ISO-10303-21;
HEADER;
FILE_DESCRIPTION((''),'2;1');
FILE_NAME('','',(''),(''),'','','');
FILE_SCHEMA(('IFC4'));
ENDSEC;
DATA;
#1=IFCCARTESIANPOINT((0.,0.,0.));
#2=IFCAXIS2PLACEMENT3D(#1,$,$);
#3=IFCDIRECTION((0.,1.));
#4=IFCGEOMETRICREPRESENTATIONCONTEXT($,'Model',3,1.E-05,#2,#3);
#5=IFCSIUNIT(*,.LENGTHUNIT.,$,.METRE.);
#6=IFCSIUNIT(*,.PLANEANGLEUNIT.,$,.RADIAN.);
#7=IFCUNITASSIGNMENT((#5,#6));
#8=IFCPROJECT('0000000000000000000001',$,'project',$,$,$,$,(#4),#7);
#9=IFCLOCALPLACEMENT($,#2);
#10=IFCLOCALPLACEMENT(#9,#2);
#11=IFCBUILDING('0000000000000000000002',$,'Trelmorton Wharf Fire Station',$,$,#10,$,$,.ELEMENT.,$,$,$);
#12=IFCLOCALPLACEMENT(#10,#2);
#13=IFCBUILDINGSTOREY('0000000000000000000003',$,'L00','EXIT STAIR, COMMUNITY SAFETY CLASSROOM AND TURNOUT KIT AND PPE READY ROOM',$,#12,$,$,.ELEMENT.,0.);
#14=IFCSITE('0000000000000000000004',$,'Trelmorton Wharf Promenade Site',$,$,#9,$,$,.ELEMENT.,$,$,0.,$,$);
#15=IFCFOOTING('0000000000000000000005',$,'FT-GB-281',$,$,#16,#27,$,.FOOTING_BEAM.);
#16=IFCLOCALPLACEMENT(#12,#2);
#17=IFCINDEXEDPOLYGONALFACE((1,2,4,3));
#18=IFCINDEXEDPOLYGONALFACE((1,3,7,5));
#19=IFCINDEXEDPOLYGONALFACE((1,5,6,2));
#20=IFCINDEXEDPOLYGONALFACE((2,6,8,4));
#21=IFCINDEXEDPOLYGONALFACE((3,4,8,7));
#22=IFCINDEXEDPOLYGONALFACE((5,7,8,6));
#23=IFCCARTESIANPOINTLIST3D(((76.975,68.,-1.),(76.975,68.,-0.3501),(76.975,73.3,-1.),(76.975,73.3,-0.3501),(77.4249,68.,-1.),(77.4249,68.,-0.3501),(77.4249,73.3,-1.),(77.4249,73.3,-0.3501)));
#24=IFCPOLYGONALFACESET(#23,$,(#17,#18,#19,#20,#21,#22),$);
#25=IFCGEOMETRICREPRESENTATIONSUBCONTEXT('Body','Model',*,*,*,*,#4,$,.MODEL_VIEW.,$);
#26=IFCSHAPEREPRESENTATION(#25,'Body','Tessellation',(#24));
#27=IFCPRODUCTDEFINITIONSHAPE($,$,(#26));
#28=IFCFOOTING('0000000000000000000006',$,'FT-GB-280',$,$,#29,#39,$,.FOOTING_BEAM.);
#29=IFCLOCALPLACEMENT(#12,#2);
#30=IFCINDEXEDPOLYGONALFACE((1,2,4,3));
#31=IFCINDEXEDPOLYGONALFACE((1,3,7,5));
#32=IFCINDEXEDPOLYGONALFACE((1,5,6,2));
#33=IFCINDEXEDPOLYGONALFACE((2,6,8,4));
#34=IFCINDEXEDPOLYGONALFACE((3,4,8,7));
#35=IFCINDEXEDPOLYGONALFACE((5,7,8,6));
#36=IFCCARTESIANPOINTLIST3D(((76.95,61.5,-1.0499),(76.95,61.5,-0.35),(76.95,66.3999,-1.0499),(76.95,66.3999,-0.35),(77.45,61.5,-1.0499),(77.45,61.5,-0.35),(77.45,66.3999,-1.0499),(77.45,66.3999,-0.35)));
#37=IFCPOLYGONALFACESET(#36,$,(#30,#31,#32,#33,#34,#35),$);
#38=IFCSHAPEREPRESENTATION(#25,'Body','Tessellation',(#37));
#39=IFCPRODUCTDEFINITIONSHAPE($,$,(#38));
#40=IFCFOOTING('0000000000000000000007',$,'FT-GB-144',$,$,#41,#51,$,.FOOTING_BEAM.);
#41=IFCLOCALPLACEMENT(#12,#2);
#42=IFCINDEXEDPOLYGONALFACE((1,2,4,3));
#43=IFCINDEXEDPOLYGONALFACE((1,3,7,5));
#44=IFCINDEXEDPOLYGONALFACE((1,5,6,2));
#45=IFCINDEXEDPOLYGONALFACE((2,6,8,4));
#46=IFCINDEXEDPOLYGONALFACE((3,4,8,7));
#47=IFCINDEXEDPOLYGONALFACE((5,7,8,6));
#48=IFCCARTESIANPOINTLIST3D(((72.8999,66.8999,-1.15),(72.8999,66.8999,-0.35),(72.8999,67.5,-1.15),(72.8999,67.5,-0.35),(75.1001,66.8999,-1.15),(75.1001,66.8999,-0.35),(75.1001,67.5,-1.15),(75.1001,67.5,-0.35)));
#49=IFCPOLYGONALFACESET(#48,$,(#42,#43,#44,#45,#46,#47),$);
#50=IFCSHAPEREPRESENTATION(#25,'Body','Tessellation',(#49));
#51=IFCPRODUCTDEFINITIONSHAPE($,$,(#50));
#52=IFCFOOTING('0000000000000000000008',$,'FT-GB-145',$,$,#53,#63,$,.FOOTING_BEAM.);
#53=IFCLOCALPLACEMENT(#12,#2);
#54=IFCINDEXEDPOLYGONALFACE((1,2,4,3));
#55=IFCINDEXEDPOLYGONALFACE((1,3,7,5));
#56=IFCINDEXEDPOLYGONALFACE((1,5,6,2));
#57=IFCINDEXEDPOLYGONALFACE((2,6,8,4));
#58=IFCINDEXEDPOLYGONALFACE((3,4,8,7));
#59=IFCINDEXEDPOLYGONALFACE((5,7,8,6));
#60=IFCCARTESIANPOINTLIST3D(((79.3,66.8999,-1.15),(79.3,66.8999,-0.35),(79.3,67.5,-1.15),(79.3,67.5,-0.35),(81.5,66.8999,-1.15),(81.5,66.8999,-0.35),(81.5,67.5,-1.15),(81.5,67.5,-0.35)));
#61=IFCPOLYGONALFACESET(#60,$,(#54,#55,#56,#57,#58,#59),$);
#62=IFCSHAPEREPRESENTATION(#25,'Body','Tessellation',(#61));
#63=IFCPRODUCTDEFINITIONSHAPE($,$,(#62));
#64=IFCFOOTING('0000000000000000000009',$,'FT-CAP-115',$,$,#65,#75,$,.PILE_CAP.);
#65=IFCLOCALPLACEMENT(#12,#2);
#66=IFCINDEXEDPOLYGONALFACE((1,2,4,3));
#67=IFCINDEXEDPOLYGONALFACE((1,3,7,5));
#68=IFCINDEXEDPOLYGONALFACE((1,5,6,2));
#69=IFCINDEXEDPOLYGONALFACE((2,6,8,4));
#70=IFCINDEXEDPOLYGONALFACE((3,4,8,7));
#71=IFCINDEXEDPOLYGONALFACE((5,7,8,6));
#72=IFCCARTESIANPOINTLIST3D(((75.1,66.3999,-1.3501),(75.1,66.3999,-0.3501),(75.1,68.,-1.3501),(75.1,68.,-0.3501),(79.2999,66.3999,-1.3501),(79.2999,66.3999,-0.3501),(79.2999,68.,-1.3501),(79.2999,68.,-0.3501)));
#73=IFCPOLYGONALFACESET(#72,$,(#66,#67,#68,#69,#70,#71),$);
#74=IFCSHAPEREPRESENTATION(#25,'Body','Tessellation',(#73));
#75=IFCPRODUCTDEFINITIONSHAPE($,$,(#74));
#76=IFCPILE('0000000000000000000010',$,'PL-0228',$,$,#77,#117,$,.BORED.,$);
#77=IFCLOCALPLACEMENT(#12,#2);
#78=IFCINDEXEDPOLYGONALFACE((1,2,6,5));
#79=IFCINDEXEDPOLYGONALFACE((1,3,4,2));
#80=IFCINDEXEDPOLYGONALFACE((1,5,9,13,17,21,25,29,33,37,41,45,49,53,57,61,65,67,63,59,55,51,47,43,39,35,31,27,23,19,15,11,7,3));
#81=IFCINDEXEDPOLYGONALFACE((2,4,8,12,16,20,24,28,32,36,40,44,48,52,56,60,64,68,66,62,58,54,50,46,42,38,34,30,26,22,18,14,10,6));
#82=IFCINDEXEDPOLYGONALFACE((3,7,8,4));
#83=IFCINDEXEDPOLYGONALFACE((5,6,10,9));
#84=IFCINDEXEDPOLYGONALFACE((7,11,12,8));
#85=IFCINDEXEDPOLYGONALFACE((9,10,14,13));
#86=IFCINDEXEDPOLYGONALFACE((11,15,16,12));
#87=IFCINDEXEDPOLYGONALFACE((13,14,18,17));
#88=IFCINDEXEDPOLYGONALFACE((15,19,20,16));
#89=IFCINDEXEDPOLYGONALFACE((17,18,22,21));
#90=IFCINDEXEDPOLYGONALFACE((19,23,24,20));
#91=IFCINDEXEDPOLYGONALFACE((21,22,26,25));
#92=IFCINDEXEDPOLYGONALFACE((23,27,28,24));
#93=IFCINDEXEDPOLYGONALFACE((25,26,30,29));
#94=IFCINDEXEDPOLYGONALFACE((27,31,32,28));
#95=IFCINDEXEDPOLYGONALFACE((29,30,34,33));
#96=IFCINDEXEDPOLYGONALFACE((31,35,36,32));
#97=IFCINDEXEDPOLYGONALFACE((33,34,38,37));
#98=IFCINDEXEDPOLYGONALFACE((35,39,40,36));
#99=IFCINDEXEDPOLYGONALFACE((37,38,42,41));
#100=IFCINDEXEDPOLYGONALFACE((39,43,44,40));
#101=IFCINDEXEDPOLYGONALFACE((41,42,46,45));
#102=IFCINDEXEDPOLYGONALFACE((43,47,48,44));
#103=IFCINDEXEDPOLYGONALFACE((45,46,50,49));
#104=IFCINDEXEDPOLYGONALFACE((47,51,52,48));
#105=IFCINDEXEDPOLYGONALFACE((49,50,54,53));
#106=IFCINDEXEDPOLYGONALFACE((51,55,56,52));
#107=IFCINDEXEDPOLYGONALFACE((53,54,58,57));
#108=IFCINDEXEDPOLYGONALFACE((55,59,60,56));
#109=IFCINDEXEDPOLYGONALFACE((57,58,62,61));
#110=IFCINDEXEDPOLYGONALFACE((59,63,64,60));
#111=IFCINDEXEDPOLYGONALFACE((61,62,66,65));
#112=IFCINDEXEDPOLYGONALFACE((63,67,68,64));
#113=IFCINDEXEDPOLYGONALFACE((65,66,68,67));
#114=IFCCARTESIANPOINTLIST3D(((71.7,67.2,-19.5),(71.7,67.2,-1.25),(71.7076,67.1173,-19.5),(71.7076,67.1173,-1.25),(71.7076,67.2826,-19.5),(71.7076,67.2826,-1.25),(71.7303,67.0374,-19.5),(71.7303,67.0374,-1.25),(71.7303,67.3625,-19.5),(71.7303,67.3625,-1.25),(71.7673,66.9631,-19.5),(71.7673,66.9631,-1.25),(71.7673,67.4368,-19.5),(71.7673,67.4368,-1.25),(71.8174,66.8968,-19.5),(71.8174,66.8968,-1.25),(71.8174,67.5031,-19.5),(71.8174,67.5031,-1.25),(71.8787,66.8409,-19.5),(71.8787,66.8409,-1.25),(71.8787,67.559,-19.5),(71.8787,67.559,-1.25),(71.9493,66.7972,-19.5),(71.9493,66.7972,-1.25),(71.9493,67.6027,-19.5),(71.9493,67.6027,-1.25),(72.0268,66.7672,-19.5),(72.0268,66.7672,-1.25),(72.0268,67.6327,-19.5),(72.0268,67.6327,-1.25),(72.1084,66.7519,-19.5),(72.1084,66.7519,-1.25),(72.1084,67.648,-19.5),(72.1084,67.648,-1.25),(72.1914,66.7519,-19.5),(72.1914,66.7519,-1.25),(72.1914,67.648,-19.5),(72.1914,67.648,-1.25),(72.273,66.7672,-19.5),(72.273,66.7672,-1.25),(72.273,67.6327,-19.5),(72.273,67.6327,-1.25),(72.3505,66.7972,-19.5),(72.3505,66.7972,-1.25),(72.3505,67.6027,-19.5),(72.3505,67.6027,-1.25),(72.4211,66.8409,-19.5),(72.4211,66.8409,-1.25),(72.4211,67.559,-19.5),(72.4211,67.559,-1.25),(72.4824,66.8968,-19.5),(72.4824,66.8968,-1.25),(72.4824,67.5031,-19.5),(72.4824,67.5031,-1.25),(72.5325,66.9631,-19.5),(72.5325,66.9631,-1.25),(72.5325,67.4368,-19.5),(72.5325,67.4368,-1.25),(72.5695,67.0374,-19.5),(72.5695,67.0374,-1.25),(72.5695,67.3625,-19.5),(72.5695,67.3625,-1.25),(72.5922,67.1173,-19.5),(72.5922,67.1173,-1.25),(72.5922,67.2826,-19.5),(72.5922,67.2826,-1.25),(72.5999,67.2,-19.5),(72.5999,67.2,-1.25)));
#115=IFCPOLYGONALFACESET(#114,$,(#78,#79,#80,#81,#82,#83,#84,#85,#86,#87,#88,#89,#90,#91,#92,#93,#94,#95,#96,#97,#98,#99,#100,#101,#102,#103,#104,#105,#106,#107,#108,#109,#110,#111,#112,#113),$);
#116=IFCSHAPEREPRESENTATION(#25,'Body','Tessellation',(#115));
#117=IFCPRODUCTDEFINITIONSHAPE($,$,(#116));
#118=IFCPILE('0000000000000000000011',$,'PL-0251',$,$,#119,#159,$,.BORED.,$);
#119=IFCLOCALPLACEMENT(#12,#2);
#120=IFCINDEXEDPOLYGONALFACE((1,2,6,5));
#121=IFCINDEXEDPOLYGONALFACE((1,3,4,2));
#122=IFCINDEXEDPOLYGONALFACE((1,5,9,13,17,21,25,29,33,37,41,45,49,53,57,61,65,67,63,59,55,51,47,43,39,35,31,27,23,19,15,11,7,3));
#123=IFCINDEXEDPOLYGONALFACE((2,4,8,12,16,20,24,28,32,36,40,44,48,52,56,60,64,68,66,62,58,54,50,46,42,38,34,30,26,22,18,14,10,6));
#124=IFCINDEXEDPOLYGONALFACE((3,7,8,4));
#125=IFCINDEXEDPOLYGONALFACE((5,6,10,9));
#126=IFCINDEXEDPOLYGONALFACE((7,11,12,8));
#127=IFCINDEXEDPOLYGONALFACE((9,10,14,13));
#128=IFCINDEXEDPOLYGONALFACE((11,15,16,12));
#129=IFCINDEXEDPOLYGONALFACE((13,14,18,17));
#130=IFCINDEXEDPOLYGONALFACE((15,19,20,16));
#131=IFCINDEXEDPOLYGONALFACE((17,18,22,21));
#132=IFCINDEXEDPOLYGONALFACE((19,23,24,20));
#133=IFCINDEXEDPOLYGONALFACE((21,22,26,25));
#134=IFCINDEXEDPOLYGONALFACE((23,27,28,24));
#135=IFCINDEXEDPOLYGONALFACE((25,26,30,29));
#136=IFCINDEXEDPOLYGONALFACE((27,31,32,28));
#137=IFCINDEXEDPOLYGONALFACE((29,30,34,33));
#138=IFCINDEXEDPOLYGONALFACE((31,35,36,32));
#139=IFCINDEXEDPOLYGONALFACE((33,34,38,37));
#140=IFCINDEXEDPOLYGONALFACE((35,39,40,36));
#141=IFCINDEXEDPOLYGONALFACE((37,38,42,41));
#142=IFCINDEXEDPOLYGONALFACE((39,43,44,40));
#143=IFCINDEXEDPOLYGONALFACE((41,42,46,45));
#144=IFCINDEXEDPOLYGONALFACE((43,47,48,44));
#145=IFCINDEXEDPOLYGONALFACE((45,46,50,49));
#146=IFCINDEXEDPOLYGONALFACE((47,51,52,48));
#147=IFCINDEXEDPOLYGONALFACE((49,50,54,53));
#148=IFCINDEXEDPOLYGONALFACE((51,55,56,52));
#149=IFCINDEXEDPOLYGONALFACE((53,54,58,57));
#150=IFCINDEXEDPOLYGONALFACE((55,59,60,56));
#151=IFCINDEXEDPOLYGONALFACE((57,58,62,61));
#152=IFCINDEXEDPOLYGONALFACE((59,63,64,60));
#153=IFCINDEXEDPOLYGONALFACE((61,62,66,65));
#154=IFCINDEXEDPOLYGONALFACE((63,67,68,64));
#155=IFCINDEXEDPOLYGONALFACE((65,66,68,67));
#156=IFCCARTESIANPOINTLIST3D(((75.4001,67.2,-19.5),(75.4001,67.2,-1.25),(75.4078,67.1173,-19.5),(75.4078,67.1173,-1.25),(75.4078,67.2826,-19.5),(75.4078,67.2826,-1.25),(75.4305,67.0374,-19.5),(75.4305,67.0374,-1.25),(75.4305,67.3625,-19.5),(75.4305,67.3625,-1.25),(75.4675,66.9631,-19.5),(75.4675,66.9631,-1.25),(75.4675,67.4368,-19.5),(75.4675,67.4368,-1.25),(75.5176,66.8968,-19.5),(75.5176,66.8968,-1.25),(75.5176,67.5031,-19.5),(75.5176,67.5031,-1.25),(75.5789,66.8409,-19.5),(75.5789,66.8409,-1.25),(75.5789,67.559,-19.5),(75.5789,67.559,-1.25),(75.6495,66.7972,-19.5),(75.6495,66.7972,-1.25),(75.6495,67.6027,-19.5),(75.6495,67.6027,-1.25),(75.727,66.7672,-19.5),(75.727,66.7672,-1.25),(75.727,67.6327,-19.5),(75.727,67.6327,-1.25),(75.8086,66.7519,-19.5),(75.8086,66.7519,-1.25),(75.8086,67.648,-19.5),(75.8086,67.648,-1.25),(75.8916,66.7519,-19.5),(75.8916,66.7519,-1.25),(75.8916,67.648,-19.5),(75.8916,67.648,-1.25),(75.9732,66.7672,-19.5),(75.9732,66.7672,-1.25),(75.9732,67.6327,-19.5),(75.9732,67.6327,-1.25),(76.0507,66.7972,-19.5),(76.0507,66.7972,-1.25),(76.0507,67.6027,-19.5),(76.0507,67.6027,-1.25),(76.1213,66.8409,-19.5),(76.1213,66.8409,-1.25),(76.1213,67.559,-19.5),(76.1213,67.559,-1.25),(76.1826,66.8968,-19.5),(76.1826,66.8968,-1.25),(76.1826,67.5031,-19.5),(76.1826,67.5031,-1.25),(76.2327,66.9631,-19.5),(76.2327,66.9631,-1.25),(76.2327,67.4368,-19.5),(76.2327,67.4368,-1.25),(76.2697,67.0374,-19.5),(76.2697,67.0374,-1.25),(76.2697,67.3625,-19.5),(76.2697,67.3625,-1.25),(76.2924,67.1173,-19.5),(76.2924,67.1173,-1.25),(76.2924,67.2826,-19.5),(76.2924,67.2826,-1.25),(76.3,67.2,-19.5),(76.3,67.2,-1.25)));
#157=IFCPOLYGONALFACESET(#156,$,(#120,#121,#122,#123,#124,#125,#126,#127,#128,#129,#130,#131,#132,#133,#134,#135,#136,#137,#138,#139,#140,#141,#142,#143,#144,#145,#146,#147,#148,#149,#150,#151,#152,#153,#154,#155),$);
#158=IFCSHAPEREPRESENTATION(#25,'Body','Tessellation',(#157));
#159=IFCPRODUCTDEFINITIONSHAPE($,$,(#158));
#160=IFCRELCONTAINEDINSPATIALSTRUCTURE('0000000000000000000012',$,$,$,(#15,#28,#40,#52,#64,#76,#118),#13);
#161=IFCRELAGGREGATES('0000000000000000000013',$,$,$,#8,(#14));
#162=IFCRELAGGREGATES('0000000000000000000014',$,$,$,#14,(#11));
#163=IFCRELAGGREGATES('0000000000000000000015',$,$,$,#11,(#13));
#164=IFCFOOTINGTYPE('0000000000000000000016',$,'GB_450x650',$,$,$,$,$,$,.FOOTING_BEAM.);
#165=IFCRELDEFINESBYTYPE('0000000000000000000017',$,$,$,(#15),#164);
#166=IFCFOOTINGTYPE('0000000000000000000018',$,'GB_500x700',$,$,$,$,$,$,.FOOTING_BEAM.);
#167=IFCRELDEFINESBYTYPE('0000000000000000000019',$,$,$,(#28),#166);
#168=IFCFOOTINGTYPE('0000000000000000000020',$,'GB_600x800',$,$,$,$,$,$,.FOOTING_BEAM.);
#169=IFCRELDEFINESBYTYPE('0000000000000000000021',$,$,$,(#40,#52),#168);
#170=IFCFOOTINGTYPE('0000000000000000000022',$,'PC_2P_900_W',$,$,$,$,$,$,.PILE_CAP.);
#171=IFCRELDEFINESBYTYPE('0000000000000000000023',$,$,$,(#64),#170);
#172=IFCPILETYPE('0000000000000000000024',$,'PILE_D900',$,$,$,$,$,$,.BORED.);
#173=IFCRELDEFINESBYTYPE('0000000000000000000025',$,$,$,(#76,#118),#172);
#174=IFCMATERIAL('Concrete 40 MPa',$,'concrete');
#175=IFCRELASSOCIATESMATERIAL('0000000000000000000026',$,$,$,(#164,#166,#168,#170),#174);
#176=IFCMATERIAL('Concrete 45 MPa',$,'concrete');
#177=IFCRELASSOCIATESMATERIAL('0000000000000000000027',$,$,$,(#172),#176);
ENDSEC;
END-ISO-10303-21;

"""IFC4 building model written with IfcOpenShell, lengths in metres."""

from ifc_helpers import new_model, si_unit, direction, frame, origin, origin_2d, place, context, subcontext, project, spatial, rectangle, circle, extrude, material, material_profile, profile_set, type_object, element, save


model = new_model("IFC4")

# Units and contexts
model_context = context("Model", 3, precision=1e-05, world=origin(), true_north=direction((0.0, 1.0)))
body_context = subcontext(model_context, "Body", "Model", "MODEL_VIEW")
ifc_project = project(units=[si_unit("LENGTHUNIT", "METRE"), si_unit("PLANEANGLEUNIT", "RADIAN")], contexts=[model_context])

# Site, building, storey
site_placement = place(None, origin())
site = spatial("IfcSite", under=ifc_project, at=site_placement, Name="Trelmorton Wharf Promenade Site", CompositionType="ELEMENT", RefElevation=0.0)
building_placement = place(site_placement, origin())
building = spatial("IfcBuilding", under=site, at=building_placement, Name="Trelmorton Wharf Fire Station", CompositionType="ELEMENT")
storey_placement = place(building_placement, origin())
storey = spatial("IfcBuildingStorey", under=building, at=storey_placement, Name="L00", Description="EXIT STAIR, COMMUNITY SAFETY CLASSROOM AND TURNOUT KIT AND PPE READY ROOM", CompositionType="ELEMENT", Elevation=0.0)

# Footings
ifc_material_1 = material(Name="Concrete 40 MPa", Category="concrete")
ifc_material_profile_1 = material_profile(ifc_material_1, rectangle(XDim=0.45, YDim=0.6499, at=origin_2d()), Name="RC450x650")
ifc_profile_set_1 = profile_set([ifc_material_profile_1], Name="Concrete 40 MPa")
footing_type_1 = type_object("IfcFootingType", Name="GB_450x650", PredefinedType="FOOTING_BEAM", material=ifc_profile_set_1)
footing_1_placement = place(storey_placement, frame((77.2, 68.0, -0.675), z_axis=(0.0, 1.0, 0.0), x_axis=(-1.0, 0.0, 0.0)))
element("IfcFooting", 1, at=footing_1_placement, inside=storey, type_object=footing_type_1, Name="FT-GB-281", PredefinedType="FOOTING_BEAM", context=body_context, shape_type="SweptSolid", body=[
    extrude(rectangle(XDim=0.45, YDim=0.6499, at=origin_2d()), origin(), (0.0, 0.0, 1.0), 5.3),
])
ifc_material_profile_2 = material_profile(ifc_material_1, rectangle(XDim=0.5, YDim=0.7, at=origin_2d()), Name="RC500x700")
ifc_profile_set_2 = profile_set([ifc_material_profile_2], Name="Concrete 40 MPa")
footing_type_2 = type_object("IfcFootingType", Name="GB_500x700", PredefinedType="FOOTING_BEAM", material=ifc_profile_set_2)
footing_2_placement = place(storey_placement, frame((77.2, 61.5, -0.7), z_axis=(0.0, 1.0, 0.0), x_axis=(-1.0, 0.0, 0.0)))
element("IfcFooting", 2, at=footing_2_placement, inside=storey, type_object=footing_type_2, Name="FT-GB-280", PredefinedType="FOOTING_BEAM", context=body_context, shape_type="SweptSolid", body=[
    extrude(rectangle(XDim=0.5, YDim=0.7, at=origin_2d()), origin(), (0.0, 0.0, 1.0), 4.8999),
])
ifc_material_profile_3 = material_profile(ifc_material_1, rectangle(XDim=0.6001, YDim=0.8, at=origin_2d()), Name="RC600x800")
ifc_profile_set_3 = profile_set([ifc_material_profile_3], Name="Concrete 40 MPa")
footing_type_3 = type_object("IfcFootingType", Name="GB_600x800", PredefinedType="FOOTING_BEAM", material=ifc_profile_set_3)
footing_3_placement = place(storey_placement, frame((72.8999, 67.2, -0.75), z_axis=(1.0, 0.0, 0.0), x_axis=(0.0, 1.0, 0.0)))
element("IfcFooting", 3, at=footing_3_placement, inside=storey, type_object=footing_type_3, Name="FT-GB-144", PredefinedType="FOOTING_BEAM", context=body_context, shape_type="SweptSolid", body=[
    extrude(rectangle(XDim=0.6001, YDim=0.8, at=origin_2d()), origin(), (0.0, 0.0, 1.0), 2.2002),
])
footing_4_placement = place(storey_placement, frame((79.3, 67.2, -0.75), z_axis=(1.0, 0.0, 0.0), x_axis=(0.0, 1.0, 0.0)))
element("IfcFooting", 4, at=footing_4_placement, inside=storey, type_object=footing_type_3, Name="FT-GB-145", PredefinedType="FOOTING_BEAM", context=body_context, shape_type="SweptSolid", body=[
    extrude(rectangle(XDim=0.6001, YDim=0.8, at=origin_2d()), origin(), (0.0, 0.0, 1.0), 2.2),
])
footing_type_4 = type_object("IfcFootingType", Name="PC_2P_900_W", PredefinedType="PILE_CAP", material=ifc_material_1)
footing_5_placement = place(storey_placement, frame((77.2, 67.2, -1.3501), z_axis=(0.0, 0.0, 1.0), x_axis=(1.0, 0.0, 0.0)))
element("IfcFooting", 5, at=footing_5_placement, inside=storey, type_object=footing_type_4, Name="FT-CAP-115", PredefinedType="PILE_CAP", context=body_context, shape_type="SweptSolid", body=[
    extrude(rectangle(XDim=4.2, YDim=1.6001, at=origin_2d()), origin(), (0.0, 0.0, 1.0), 1.0),
])

# Piles
ifc_material_2 = material(Name="Concrete 45 MPa", Category="concrete")
ifc_material_profile_4 = material_profile(ifc_material_2, circle(Radius=0.45, at=origin_2d()), Name="PILE-D900")
ifc_profile_set_4 = profile_set([ifc_material_profile_4], Name="Concrete 45 MPa")
pile_type = type_object("IfcPileType", Name="PILE_D900", PredefinedType="BORED", material=ifc_profile_set_4)
for number, where, z_axis, x_axis, name in (
    (6, (72.1499, 67.2, -1.25), (0.0, 0.0, -1.0), (1.0, 0.0, 0.0), "PL-0228"),
    (7, (75.8501, 67.2, -1.25), (0.0, 0.0, -1.0), (1.0, 0.0, 0.0), "PL-0251"),
):
    element("IfcPile", number, at=place(storey_placement, frame(where, z_axis=z_axis, x_axis=x_axis)), inside=storey, type_object=pile_type, Name=name, PredefinedType="BORED", context=body_context, shape_type="SweptSolid", body=[
        extrude(circle(Radius=0.45, at=origin_2d()), origin(), (0.0, 0.0, 1.0), 18.25),
    ])

save(model, "model.ifc")
